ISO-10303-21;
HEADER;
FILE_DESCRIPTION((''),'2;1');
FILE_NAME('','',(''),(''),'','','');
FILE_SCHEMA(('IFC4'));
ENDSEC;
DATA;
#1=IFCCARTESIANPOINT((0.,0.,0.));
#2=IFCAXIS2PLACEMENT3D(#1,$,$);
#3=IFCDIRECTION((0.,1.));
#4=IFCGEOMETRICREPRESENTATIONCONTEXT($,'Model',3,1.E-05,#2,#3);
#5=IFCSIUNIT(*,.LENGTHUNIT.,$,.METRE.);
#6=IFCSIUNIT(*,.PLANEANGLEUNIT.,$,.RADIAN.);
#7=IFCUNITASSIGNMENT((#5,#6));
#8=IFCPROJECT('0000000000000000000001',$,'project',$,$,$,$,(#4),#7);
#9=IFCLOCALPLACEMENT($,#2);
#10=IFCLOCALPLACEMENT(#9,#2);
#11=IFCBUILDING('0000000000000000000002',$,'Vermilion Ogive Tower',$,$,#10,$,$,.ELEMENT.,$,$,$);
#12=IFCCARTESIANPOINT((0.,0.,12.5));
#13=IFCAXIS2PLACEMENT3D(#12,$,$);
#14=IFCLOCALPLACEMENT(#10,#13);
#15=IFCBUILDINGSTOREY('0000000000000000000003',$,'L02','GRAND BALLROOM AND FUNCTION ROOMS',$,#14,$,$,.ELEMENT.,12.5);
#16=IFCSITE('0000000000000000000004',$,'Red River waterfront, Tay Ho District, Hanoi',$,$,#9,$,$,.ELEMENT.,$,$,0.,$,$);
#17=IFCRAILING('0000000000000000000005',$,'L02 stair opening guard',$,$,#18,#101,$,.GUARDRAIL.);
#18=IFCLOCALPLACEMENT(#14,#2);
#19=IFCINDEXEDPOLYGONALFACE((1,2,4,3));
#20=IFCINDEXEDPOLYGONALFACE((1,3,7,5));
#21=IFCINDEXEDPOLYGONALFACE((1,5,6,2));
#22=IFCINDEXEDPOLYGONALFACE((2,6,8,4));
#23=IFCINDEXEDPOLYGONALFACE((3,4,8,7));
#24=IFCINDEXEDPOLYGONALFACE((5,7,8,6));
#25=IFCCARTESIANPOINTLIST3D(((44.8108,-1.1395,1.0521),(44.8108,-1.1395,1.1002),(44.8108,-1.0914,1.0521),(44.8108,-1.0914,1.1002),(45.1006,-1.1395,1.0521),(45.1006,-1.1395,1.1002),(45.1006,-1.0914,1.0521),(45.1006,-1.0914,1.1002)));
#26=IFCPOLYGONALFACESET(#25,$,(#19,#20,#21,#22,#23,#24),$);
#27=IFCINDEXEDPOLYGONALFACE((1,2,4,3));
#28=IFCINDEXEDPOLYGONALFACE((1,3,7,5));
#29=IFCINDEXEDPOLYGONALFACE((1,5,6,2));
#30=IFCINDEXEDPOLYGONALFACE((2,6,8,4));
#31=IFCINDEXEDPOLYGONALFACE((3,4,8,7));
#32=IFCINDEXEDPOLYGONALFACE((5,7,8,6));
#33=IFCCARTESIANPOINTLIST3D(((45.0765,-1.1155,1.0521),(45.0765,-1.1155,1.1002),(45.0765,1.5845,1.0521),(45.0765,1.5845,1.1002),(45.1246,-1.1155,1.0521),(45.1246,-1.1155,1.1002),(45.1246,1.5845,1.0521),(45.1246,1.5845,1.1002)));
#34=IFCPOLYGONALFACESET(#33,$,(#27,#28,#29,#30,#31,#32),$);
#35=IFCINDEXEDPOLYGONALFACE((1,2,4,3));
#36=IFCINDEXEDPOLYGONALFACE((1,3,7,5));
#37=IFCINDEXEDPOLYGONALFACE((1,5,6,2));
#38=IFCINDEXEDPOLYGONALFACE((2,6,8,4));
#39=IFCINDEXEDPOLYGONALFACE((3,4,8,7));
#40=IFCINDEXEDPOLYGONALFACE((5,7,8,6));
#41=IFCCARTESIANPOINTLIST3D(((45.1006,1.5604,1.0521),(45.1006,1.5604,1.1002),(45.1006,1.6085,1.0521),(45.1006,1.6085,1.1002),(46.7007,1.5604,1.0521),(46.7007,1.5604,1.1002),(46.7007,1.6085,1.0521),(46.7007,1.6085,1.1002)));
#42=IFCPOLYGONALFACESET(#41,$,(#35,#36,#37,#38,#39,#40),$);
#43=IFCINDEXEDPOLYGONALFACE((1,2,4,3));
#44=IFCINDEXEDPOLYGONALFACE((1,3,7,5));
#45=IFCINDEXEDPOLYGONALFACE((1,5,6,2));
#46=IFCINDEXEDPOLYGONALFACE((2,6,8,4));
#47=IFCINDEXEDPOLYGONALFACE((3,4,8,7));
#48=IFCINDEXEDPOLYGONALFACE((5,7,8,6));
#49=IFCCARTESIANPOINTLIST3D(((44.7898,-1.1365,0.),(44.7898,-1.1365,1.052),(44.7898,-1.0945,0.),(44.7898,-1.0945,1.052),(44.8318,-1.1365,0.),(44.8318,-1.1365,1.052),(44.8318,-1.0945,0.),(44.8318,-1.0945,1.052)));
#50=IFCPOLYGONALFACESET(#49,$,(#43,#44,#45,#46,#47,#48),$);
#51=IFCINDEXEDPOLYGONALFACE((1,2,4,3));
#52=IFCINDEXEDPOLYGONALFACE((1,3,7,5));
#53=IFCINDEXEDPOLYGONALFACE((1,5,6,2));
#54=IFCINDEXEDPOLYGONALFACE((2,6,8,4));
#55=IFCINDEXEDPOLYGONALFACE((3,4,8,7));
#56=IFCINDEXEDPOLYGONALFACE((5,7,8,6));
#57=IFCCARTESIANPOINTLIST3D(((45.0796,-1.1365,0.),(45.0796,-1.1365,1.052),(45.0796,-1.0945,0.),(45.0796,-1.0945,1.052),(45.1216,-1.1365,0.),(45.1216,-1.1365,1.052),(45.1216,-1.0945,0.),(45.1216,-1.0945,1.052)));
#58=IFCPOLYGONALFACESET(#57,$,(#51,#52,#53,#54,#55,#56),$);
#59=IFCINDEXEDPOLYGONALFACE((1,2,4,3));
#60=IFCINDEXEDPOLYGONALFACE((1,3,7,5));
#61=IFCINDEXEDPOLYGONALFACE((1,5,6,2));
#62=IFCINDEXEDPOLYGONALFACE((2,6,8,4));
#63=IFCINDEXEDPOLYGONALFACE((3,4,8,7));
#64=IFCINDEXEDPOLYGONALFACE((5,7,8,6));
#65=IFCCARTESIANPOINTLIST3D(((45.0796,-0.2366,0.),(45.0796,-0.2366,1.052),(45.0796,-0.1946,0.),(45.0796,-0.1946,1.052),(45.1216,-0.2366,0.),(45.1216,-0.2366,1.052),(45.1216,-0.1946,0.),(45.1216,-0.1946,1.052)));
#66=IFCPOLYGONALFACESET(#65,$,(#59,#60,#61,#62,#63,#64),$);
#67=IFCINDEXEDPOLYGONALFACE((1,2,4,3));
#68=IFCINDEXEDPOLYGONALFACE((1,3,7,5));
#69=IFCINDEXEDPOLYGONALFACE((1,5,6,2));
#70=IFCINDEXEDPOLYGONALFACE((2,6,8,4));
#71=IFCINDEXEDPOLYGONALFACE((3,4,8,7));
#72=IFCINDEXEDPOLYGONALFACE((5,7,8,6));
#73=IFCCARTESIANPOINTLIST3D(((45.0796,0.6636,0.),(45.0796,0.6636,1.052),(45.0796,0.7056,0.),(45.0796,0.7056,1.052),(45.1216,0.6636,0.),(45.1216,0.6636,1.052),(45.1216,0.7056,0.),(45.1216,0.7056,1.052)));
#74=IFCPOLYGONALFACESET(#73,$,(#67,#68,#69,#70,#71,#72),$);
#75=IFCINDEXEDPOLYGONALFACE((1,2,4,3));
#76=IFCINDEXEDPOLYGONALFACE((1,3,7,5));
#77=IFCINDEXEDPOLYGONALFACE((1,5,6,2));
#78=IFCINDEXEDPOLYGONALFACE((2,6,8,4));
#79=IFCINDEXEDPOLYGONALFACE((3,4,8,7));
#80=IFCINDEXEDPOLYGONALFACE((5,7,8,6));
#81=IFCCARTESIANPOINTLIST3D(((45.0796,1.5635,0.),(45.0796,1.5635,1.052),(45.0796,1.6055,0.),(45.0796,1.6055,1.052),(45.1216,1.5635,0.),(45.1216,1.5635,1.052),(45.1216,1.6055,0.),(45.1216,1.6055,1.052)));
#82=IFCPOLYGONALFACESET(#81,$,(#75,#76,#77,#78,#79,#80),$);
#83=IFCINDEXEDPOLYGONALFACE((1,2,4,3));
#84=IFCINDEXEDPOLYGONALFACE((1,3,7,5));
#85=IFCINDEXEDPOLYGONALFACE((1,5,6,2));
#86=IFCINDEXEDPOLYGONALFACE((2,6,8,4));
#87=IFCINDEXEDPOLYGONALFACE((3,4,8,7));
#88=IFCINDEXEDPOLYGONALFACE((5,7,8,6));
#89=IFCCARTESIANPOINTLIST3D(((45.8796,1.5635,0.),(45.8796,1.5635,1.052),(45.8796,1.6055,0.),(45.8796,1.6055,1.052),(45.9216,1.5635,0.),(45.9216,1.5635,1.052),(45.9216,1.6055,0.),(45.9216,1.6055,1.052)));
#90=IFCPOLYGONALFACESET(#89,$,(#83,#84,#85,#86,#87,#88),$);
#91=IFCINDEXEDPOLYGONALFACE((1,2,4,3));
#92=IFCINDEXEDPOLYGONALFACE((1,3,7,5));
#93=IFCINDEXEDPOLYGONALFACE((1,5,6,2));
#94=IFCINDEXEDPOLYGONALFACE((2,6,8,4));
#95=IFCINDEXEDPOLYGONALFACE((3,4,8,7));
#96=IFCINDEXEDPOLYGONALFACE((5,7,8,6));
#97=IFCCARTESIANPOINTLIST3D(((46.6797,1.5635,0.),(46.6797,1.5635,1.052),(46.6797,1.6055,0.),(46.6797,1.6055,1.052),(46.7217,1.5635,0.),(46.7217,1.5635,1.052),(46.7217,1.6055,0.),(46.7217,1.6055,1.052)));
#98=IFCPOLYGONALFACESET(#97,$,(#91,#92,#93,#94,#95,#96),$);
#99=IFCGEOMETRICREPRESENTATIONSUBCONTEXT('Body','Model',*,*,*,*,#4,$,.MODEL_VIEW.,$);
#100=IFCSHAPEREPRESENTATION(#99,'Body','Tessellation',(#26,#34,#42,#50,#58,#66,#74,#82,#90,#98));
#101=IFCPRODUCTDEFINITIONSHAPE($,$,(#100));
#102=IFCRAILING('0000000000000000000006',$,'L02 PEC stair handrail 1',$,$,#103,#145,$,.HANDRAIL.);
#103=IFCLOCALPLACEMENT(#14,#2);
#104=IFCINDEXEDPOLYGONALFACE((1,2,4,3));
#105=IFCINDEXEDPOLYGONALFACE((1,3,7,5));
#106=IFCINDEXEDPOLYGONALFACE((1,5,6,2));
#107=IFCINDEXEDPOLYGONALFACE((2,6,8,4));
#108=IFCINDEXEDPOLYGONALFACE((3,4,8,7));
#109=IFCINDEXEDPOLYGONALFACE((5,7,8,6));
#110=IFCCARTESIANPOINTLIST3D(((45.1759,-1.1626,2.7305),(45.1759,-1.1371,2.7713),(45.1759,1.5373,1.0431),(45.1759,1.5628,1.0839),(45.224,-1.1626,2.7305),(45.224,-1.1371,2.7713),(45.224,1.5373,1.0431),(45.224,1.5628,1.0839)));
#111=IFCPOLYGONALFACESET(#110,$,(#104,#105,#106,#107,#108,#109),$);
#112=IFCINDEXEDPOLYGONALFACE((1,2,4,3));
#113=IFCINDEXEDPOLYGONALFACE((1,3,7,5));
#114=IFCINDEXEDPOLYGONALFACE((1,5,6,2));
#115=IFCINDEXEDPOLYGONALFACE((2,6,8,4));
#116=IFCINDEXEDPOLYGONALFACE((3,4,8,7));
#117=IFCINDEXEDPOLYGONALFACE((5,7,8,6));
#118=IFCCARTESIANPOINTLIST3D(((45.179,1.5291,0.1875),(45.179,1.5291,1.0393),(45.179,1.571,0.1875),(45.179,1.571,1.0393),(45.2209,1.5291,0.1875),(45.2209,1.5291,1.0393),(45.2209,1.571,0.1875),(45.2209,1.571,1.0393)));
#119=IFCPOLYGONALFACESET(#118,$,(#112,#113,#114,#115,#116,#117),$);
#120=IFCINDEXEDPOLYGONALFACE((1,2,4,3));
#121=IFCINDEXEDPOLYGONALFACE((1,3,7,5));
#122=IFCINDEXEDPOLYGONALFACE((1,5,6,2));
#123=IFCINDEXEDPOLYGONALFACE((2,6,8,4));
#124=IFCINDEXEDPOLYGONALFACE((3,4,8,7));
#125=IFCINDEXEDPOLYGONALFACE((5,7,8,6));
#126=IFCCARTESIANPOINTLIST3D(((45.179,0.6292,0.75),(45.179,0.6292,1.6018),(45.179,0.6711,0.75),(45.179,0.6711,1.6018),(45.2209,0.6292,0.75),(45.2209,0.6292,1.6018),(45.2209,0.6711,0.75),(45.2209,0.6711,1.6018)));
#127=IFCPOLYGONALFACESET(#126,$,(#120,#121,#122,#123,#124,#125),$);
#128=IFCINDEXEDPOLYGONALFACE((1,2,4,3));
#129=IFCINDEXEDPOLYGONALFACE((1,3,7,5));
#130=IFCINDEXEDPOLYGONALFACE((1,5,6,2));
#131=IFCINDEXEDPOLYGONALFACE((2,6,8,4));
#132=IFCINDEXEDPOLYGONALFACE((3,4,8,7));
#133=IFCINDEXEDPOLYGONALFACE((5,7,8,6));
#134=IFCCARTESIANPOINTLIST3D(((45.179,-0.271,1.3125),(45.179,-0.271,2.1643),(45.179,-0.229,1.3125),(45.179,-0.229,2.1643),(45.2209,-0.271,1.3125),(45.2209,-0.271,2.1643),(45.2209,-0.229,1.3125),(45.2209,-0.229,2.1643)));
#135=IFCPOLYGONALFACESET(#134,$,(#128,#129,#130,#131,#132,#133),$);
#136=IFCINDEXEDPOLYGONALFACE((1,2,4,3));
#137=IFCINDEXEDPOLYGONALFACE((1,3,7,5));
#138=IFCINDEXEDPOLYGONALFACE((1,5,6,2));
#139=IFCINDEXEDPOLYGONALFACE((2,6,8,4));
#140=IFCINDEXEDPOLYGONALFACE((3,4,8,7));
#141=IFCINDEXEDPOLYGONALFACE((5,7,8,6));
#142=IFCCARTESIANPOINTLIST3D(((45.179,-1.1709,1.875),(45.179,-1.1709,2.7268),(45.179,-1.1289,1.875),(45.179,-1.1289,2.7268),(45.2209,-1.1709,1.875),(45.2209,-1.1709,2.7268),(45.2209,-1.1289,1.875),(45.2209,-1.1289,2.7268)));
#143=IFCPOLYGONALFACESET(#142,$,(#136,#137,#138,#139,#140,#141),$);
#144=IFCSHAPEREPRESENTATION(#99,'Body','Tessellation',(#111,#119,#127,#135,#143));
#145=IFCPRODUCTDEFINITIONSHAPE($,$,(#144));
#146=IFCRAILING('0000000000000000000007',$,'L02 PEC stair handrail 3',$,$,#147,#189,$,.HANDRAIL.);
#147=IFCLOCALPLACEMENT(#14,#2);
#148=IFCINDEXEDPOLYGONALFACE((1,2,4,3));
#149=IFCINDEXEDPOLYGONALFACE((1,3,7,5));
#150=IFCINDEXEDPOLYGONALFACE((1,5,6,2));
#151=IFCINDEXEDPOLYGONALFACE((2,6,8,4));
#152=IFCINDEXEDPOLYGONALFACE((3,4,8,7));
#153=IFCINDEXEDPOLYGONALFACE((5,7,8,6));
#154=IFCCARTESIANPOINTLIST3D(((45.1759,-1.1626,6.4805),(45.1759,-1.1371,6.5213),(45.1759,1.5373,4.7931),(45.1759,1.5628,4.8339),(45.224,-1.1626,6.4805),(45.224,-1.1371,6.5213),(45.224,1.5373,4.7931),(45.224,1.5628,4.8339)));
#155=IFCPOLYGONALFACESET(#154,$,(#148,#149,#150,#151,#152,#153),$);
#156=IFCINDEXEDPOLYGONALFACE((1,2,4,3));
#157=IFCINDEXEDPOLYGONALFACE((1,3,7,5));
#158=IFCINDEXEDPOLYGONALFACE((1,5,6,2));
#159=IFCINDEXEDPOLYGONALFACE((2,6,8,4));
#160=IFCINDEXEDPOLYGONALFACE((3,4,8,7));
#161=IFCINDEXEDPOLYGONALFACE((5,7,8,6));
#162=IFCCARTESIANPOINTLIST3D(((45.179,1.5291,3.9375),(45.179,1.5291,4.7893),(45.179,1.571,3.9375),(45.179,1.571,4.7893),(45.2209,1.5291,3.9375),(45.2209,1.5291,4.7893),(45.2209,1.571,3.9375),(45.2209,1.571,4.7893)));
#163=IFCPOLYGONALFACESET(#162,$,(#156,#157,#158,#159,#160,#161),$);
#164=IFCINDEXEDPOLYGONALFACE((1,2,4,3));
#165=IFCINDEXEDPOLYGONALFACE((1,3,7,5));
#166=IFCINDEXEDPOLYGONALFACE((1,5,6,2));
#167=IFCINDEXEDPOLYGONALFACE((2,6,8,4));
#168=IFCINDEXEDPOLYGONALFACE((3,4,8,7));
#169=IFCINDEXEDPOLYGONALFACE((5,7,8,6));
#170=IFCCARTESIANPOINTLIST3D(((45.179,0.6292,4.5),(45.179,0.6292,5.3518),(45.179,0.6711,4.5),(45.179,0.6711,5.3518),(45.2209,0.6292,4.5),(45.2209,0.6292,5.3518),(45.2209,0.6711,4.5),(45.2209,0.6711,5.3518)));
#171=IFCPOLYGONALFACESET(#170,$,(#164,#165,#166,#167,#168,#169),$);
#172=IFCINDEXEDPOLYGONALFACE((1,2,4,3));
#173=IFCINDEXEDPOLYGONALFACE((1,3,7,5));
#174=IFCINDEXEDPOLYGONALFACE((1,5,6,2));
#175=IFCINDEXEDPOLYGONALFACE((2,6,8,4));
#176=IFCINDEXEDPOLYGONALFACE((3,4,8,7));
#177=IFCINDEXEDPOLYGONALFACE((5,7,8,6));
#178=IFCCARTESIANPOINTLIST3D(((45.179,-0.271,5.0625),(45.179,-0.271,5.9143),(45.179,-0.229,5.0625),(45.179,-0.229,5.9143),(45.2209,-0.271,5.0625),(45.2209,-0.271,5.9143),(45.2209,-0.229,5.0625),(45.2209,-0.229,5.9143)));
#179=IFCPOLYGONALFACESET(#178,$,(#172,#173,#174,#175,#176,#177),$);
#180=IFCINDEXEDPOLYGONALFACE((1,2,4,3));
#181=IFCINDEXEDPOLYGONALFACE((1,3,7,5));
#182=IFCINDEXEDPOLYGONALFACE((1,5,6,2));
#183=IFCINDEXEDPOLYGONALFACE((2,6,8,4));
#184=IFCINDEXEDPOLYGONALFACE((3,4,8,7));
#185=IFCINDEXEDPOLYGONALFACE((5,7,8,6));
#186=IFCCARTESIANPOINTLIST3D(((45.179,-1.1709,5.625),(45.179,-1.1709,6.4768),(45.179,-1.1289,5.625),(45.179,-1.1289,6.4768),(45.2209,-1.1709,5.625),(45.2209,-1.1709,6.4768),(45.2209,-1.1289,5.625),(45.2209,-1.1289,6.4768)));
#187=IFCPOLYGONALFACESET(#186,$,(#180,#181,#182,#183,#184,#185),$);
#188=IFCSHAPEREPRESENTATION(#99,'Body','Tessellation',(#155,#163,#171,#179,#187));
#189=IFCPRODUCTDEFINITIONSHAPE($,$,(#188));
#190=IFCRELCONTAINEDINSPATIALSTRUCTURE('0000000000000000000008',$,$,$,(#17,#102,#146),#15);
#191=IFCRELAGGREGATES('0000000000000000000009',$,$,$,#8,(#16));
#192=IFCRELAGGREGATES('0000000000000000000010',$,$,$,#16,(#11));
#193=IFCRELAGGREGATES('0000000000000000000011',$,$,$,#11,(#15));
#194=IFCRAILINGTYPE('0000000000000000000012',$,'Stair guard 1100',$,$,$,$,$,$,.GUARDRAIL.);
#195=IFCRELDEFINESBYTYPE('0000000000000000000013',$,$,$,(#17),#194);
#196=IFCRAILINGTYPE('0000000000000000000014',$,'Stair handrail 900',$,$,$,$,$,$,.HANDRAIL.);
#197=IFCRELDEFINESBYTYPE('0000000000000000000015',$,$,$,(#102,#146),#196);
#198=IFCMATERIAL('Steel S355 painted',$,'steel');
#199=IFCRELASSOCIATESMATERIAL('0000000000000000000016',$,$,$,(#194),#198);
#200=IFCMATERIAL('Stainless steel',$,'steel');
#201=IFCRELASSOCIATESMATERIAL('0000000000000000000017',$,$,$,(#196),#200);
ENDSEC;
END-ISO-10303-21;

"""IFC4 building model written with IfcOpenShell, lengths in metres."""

from ifc_helpers import new_model, si_unit, direction, frame, origin, origin_2d, place, context, subcontext, project, spatial, rectangle, extrude, material, type_object, element, save


model = new_model("IFC4")

# Units and contexts
model_context = context("Model", 3, precision=1e-05, world=origin(), true_north=direction((0.0, 1.0)))
body_context = subcontext(model_context, "Body", "Model", "MODEL_VIEW")
ifc_project = project(units=[si_unit("LENGTHUNIT", "METRE"), si_unit("PLANEANGLEUNIT", "RADIAN")], contexts=[model_context])

# Site, building, storey
site_placement = place(None, origin())
site = spatial("IfcSite", under=ifc_project, at=site_placement, Name="Red River waterfront, Tay Ho District, Hanoi", CompositionType="ELEMENT", RefElevation=0.0)
building_placement = place(site_placement, origin())
building = spatial("IfcBuilding", under=site, at=building_placement, Name="Vermilion Ogive Tower", CompositionType="ELEMENT")
storey_placement = place(building_placement, frame((0.0, 0.0, 12.5)))
storey = spatial("IfcBuildingStorey", under=building, at=storey_placement, Name="L02", Description="GRAND BALLROOM AND FUNCTION ROOMS", CompositionType="ELEMENT", Elevation=12.5)

# Railings
ifc_material_1 = material(Name="Steel S355 painted", Category="steel")
railing_type_1 = type_object("IfcRailingType", Name="Stair guard 1100", PredefinedType="GUARDRAIL", material=ifc_material_1)
railing_1_placement = place(storey_placement, frame((44.8108, -1.1155, 0.0)))
element("IfcRailing", 1, at=railing_1_placement, inside=storey, type_object=railing_type_1, Name="L02 stair opening guard", PredefinedType="GUARDRAIL", context=body_context, shape_type="SweptSolid", body=[
    extrude(rectangle(XDim=0.0481, YDim=0.0481, at=origin_2d()), frame((0.0, 0.0, 1.0762), z_axis=(1.0, 0.0, 0.0), x_axis=(0.0, 1.0, 0.0)), (0.0, 0.0, 1.0), 0.2898),
    extrude(rectangle(XDim=0.0481, YDim=0.0481, at=origin_2d()), frame((0.2898, 0.0, 1.0762), z_axis=(0.0, 1.0, 0.0), x_axis=(-1.0, 0.0, 0.0)), (0.0, 0.0, 1.0), 2.7),
    extrude(rectangle(XDim=0.0481, YDim=0.0481, at=origin_2d()), frame((0.2898, 2.7, 1.0762), z_axis=(1.0, 0.0, 0.0), x_axis=(0.0, 1.0, 0.0)), (0.0, 0.0, 1.0), 1.6001),
    extrude(rectangle(XDim=0.042, YDim=0.042, at=origin_2d()), origin(), (0.0, 0.0, 1.0), 1.052),
    extrude(rectangle(XDim=0.042, YDim=0.042, at=origin_2d()), frame((0.2898, 0.0, 0.0)), (0.0, 0.0, 1.0), 1.052),
    extrude(rectangle(XDim=0.042, YDim=0.042, at=origin_2d()), frame((0.2898, 0.8999, 0.0)), (0.0, 0.0, 1.0), 1.052),
    extrude(rectangle(XDim=0.042, YDim=0.042, at=origin_2d()), frame((0.2898, 1.8, 0.0)), (0.0, 0.0, 1.0), 1.052),
    extrude(rectangle(XDim=0.042, YDim=0.042, at=origin_2d()), frame((0.2898, 2.7, 0.0)), (0.0, 0.0, 1.0), 1.052),
    extrude(rectangle(XDim=0.042, YDim=0.042, at=origin_2d()), frame((1.0898, 2.7, 0.0)), (0.0, 0.0, 1.0), 1.052),
    extrude(rectangle(XDim=0.042, YDim=0.042, at=origin_2d()), frame((1.8899, 2.7, 0.0)), (0.0, 0.0, 1.0), 1.052),
])
ifc_material_2 = material(Name="Stainless steel", Category="steel")
railing_type_2 = type_object("IfcRailingType", Name="Stair handrail 900", PredefinedType="HANDRAIL", material=ifc_material_2)
for number, where, name in (
    (2, (45.2, 1.55, 0.1875), "L02 PEC stair handrail 1"),
    (3, (45.2, 1.55, 3.9375), "L02 PEC stair handrail 3"),
):
    element("IfcRailing", number, at=place(storey_placement, frame(where)), inside=storey, type_object=railing_type_2, Name=name, PredefinedType="HANDRAIL", context=body_context, shape_type="SweptSolid", body=[
        extrude(rectangle(XDim=0.0481, YDim=0.0481, at=origin_2d()), frame((0.0, 0.0, 0.876), z_axis=(0.0, -0.847994, 0.530006), x_axis=(1.0, 0.0, 0.0)), (0.0, 0.0, 1.0), 3.1838),
        extrude(rectangle(XDim=0.042, YDim=0.042, at=origin_2d()), origin(), (0.0, 0.0, 1.0), 0.8518),
        extrude(rectangle(XDim=0.042, YDim=0.042, at=origin_2d()), frame((0.0, -0.8999, 0.5625)), (0.0, 0.0, 1.0), 0.8518),
        extrude(rectangle(XDim=0.042, YDim=0.042, at=origin_2d()), frame((0.0, -1.8, 1.125)), (0.0, 0.0, 1.0), 0.8518),
        extrude(rectangle(XDim=0.042, YDim=0.042, at=origin_2d()), frame((0.0, -2.7, 1.6875)), (0.0, 0.0, 1.0), 0.8518),
    ])

save(model, "model.ifc")
